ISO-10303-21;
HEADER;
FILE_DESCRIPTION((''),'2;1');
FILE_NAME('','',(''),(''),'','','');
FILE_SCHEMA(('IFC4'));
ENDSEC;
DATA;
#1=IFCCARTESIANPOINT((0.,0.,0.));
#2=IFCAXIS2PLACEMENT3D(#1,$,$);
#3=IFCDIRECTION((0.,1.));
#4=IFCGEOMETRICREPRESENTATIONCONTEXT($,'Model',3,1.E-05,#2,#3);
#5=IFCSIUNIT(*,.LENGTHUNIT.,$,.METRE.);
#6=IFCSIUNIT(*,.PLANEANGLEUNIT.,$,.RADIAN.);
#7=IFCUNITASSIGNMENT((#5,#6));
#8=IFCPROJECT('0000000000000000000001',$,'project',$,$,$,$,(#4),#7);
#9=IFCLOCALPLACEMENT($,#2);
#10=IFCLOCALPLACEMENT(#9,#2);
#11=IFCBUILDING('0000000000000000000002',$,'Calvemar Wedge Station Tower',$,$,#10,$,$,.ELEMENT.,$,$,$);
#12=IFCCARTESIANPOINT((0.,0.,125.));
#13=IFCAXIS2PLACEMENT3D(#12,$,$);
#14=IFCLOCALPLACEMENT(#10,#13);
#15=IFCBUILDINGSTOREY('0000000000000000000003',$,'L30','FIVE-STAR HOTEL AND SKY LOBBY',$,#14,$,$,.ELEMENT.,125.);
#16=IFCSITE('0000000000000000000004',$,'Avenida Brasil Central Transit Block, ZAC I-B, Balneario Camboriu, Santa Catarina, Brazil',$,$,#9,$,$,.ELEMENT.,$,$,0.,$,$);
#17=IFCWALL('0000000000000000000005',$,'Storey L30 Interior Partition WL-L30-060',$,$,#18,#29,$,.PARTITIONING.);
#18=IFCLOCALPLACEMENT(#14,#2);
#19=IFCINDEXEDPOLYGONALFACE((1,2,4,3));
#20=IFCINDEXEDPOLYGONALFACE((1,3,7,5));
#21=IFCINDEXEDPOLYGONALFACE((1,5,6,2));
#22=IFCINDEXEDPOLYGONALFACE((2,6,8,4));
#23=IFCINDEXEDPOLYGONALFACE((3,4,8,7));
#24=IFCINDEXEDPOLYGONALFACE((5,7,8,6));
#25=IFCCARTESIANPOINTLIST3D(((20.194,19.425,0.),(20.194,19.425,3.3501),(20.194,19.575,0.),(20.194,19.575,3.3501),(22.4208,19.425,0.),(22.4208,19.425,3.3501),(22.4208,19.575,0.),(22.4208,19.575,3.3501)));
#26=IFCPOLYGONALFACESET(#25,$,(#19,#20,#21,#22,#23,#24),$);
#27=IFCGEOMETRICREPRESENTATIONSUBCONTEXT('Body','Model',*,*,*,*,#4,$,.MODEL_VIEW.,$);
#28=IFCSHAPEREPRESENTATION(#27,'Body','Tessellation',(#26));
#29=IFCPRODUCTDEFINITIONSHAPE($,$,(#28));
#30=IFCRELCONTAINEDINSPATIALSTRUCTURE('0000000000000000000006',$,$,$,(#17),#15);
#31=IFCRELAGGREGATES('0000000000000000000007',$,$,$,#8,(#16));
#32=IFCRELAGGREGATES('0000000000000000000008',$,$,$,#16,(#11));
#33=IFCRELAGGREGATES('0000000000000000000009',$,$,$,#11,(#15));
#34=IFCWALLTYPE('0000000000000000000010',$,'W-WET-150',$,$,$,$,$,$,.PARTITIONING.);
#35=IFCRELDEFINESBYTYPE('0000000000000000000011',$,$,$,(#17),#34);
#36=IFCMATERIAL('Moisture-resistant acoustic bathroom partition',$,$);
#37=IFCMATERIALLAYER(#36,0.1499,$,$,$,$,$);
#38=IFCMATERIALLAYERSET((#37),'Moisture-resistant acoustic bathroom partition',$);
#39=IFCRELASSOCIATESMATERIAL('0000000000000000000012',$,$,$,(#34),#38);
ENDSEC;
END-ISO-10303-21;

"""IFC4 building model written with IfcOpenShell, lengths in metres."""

from ifc_helpers import new_model, si_unit, direction, frame, frame_2d, origin, place, context, subcontext, project, spatial, rectangle, extrude, material, layer, layer_set, type_object, element, save


model = new_model("IFC4")

# Units and contexts
model_context = context("Model", 3, precision=1e-05, world=origin(), true_north=direction((0.0, 1.0)))
body_context = subcontext(model_context, "Body", "Model", "MODEL_VIEW")
ifc_project = project(units=[si_unit("LENGTHUNIT", "METRE"), si_unit("PLANEANGLEUNIT", "RADIAN")], contexts=[model_context])

# Site, building, storey
site_placement = place(None, origin())
site = spatial("IfcSite", under=ifc_project, at=site_placement, Name="Avenida Brasil Central Transit Block, ZAC I-B, Balneario Camboriu, Santa Catarina, Brazil", CompositionType="ELEMENT", RefElevation=0.0)
building_placement = place(site_placement, origin())
building = spatial("IfcBuilding", under=site, at=building_placement, Name="Calvemar Wedge Station Tower", CompositionType="ELEMENT")
storey_placement = place(building_placement, frame((0.0, 0.0, 125.0)))
storey = spatial("IfcBuildingStorey", under=building, at=storey_placement, Name="L30", Description="FIVE-STAR HOTEL AND SKY LOBBY", CompositionType="ELEMENT", Elevation=125.0)

# Shared definitions
ifc_material_1 = material(Name="Moisture-resistant acoustic bathroom partition")
ifc_layer_1 = layer(ifc_material_1, 0.1499)
ifc_layer_set_1 = layer_set([ifc_layer_1], Name="Moisture-resistant acoustic bathroom partition")
wall_type_1 = type_object("IfcWallType", Name="W-WET-150", PredefinedType="PARTITIONING", material=ifc_layer_set_1)

# Wall
wall_1_placement = place(storey_placement, frame((20.1941, 19.5, 0.0), z_axis=(0.0, 0.0, 1.0), x_axis=(1.0, 0.0, 0.0)))
element("IfcWall", 1, at=wall_1_placement, inside=storey, type_object=wall_type_1, Name="Storey L30 Interior Partition WL-L30-060", PredefinedType="PARTITIONING", context=body_context, shape_type="SweptSolid", body=[
    extrude(rectangle(XDim=2.2268, YDim=0.1499, at=frame_2d((1.1133, 0.0))), origin(), (0.0, 0.0, 1.0), 3.3501),
])

save(model, "model.ifc")
